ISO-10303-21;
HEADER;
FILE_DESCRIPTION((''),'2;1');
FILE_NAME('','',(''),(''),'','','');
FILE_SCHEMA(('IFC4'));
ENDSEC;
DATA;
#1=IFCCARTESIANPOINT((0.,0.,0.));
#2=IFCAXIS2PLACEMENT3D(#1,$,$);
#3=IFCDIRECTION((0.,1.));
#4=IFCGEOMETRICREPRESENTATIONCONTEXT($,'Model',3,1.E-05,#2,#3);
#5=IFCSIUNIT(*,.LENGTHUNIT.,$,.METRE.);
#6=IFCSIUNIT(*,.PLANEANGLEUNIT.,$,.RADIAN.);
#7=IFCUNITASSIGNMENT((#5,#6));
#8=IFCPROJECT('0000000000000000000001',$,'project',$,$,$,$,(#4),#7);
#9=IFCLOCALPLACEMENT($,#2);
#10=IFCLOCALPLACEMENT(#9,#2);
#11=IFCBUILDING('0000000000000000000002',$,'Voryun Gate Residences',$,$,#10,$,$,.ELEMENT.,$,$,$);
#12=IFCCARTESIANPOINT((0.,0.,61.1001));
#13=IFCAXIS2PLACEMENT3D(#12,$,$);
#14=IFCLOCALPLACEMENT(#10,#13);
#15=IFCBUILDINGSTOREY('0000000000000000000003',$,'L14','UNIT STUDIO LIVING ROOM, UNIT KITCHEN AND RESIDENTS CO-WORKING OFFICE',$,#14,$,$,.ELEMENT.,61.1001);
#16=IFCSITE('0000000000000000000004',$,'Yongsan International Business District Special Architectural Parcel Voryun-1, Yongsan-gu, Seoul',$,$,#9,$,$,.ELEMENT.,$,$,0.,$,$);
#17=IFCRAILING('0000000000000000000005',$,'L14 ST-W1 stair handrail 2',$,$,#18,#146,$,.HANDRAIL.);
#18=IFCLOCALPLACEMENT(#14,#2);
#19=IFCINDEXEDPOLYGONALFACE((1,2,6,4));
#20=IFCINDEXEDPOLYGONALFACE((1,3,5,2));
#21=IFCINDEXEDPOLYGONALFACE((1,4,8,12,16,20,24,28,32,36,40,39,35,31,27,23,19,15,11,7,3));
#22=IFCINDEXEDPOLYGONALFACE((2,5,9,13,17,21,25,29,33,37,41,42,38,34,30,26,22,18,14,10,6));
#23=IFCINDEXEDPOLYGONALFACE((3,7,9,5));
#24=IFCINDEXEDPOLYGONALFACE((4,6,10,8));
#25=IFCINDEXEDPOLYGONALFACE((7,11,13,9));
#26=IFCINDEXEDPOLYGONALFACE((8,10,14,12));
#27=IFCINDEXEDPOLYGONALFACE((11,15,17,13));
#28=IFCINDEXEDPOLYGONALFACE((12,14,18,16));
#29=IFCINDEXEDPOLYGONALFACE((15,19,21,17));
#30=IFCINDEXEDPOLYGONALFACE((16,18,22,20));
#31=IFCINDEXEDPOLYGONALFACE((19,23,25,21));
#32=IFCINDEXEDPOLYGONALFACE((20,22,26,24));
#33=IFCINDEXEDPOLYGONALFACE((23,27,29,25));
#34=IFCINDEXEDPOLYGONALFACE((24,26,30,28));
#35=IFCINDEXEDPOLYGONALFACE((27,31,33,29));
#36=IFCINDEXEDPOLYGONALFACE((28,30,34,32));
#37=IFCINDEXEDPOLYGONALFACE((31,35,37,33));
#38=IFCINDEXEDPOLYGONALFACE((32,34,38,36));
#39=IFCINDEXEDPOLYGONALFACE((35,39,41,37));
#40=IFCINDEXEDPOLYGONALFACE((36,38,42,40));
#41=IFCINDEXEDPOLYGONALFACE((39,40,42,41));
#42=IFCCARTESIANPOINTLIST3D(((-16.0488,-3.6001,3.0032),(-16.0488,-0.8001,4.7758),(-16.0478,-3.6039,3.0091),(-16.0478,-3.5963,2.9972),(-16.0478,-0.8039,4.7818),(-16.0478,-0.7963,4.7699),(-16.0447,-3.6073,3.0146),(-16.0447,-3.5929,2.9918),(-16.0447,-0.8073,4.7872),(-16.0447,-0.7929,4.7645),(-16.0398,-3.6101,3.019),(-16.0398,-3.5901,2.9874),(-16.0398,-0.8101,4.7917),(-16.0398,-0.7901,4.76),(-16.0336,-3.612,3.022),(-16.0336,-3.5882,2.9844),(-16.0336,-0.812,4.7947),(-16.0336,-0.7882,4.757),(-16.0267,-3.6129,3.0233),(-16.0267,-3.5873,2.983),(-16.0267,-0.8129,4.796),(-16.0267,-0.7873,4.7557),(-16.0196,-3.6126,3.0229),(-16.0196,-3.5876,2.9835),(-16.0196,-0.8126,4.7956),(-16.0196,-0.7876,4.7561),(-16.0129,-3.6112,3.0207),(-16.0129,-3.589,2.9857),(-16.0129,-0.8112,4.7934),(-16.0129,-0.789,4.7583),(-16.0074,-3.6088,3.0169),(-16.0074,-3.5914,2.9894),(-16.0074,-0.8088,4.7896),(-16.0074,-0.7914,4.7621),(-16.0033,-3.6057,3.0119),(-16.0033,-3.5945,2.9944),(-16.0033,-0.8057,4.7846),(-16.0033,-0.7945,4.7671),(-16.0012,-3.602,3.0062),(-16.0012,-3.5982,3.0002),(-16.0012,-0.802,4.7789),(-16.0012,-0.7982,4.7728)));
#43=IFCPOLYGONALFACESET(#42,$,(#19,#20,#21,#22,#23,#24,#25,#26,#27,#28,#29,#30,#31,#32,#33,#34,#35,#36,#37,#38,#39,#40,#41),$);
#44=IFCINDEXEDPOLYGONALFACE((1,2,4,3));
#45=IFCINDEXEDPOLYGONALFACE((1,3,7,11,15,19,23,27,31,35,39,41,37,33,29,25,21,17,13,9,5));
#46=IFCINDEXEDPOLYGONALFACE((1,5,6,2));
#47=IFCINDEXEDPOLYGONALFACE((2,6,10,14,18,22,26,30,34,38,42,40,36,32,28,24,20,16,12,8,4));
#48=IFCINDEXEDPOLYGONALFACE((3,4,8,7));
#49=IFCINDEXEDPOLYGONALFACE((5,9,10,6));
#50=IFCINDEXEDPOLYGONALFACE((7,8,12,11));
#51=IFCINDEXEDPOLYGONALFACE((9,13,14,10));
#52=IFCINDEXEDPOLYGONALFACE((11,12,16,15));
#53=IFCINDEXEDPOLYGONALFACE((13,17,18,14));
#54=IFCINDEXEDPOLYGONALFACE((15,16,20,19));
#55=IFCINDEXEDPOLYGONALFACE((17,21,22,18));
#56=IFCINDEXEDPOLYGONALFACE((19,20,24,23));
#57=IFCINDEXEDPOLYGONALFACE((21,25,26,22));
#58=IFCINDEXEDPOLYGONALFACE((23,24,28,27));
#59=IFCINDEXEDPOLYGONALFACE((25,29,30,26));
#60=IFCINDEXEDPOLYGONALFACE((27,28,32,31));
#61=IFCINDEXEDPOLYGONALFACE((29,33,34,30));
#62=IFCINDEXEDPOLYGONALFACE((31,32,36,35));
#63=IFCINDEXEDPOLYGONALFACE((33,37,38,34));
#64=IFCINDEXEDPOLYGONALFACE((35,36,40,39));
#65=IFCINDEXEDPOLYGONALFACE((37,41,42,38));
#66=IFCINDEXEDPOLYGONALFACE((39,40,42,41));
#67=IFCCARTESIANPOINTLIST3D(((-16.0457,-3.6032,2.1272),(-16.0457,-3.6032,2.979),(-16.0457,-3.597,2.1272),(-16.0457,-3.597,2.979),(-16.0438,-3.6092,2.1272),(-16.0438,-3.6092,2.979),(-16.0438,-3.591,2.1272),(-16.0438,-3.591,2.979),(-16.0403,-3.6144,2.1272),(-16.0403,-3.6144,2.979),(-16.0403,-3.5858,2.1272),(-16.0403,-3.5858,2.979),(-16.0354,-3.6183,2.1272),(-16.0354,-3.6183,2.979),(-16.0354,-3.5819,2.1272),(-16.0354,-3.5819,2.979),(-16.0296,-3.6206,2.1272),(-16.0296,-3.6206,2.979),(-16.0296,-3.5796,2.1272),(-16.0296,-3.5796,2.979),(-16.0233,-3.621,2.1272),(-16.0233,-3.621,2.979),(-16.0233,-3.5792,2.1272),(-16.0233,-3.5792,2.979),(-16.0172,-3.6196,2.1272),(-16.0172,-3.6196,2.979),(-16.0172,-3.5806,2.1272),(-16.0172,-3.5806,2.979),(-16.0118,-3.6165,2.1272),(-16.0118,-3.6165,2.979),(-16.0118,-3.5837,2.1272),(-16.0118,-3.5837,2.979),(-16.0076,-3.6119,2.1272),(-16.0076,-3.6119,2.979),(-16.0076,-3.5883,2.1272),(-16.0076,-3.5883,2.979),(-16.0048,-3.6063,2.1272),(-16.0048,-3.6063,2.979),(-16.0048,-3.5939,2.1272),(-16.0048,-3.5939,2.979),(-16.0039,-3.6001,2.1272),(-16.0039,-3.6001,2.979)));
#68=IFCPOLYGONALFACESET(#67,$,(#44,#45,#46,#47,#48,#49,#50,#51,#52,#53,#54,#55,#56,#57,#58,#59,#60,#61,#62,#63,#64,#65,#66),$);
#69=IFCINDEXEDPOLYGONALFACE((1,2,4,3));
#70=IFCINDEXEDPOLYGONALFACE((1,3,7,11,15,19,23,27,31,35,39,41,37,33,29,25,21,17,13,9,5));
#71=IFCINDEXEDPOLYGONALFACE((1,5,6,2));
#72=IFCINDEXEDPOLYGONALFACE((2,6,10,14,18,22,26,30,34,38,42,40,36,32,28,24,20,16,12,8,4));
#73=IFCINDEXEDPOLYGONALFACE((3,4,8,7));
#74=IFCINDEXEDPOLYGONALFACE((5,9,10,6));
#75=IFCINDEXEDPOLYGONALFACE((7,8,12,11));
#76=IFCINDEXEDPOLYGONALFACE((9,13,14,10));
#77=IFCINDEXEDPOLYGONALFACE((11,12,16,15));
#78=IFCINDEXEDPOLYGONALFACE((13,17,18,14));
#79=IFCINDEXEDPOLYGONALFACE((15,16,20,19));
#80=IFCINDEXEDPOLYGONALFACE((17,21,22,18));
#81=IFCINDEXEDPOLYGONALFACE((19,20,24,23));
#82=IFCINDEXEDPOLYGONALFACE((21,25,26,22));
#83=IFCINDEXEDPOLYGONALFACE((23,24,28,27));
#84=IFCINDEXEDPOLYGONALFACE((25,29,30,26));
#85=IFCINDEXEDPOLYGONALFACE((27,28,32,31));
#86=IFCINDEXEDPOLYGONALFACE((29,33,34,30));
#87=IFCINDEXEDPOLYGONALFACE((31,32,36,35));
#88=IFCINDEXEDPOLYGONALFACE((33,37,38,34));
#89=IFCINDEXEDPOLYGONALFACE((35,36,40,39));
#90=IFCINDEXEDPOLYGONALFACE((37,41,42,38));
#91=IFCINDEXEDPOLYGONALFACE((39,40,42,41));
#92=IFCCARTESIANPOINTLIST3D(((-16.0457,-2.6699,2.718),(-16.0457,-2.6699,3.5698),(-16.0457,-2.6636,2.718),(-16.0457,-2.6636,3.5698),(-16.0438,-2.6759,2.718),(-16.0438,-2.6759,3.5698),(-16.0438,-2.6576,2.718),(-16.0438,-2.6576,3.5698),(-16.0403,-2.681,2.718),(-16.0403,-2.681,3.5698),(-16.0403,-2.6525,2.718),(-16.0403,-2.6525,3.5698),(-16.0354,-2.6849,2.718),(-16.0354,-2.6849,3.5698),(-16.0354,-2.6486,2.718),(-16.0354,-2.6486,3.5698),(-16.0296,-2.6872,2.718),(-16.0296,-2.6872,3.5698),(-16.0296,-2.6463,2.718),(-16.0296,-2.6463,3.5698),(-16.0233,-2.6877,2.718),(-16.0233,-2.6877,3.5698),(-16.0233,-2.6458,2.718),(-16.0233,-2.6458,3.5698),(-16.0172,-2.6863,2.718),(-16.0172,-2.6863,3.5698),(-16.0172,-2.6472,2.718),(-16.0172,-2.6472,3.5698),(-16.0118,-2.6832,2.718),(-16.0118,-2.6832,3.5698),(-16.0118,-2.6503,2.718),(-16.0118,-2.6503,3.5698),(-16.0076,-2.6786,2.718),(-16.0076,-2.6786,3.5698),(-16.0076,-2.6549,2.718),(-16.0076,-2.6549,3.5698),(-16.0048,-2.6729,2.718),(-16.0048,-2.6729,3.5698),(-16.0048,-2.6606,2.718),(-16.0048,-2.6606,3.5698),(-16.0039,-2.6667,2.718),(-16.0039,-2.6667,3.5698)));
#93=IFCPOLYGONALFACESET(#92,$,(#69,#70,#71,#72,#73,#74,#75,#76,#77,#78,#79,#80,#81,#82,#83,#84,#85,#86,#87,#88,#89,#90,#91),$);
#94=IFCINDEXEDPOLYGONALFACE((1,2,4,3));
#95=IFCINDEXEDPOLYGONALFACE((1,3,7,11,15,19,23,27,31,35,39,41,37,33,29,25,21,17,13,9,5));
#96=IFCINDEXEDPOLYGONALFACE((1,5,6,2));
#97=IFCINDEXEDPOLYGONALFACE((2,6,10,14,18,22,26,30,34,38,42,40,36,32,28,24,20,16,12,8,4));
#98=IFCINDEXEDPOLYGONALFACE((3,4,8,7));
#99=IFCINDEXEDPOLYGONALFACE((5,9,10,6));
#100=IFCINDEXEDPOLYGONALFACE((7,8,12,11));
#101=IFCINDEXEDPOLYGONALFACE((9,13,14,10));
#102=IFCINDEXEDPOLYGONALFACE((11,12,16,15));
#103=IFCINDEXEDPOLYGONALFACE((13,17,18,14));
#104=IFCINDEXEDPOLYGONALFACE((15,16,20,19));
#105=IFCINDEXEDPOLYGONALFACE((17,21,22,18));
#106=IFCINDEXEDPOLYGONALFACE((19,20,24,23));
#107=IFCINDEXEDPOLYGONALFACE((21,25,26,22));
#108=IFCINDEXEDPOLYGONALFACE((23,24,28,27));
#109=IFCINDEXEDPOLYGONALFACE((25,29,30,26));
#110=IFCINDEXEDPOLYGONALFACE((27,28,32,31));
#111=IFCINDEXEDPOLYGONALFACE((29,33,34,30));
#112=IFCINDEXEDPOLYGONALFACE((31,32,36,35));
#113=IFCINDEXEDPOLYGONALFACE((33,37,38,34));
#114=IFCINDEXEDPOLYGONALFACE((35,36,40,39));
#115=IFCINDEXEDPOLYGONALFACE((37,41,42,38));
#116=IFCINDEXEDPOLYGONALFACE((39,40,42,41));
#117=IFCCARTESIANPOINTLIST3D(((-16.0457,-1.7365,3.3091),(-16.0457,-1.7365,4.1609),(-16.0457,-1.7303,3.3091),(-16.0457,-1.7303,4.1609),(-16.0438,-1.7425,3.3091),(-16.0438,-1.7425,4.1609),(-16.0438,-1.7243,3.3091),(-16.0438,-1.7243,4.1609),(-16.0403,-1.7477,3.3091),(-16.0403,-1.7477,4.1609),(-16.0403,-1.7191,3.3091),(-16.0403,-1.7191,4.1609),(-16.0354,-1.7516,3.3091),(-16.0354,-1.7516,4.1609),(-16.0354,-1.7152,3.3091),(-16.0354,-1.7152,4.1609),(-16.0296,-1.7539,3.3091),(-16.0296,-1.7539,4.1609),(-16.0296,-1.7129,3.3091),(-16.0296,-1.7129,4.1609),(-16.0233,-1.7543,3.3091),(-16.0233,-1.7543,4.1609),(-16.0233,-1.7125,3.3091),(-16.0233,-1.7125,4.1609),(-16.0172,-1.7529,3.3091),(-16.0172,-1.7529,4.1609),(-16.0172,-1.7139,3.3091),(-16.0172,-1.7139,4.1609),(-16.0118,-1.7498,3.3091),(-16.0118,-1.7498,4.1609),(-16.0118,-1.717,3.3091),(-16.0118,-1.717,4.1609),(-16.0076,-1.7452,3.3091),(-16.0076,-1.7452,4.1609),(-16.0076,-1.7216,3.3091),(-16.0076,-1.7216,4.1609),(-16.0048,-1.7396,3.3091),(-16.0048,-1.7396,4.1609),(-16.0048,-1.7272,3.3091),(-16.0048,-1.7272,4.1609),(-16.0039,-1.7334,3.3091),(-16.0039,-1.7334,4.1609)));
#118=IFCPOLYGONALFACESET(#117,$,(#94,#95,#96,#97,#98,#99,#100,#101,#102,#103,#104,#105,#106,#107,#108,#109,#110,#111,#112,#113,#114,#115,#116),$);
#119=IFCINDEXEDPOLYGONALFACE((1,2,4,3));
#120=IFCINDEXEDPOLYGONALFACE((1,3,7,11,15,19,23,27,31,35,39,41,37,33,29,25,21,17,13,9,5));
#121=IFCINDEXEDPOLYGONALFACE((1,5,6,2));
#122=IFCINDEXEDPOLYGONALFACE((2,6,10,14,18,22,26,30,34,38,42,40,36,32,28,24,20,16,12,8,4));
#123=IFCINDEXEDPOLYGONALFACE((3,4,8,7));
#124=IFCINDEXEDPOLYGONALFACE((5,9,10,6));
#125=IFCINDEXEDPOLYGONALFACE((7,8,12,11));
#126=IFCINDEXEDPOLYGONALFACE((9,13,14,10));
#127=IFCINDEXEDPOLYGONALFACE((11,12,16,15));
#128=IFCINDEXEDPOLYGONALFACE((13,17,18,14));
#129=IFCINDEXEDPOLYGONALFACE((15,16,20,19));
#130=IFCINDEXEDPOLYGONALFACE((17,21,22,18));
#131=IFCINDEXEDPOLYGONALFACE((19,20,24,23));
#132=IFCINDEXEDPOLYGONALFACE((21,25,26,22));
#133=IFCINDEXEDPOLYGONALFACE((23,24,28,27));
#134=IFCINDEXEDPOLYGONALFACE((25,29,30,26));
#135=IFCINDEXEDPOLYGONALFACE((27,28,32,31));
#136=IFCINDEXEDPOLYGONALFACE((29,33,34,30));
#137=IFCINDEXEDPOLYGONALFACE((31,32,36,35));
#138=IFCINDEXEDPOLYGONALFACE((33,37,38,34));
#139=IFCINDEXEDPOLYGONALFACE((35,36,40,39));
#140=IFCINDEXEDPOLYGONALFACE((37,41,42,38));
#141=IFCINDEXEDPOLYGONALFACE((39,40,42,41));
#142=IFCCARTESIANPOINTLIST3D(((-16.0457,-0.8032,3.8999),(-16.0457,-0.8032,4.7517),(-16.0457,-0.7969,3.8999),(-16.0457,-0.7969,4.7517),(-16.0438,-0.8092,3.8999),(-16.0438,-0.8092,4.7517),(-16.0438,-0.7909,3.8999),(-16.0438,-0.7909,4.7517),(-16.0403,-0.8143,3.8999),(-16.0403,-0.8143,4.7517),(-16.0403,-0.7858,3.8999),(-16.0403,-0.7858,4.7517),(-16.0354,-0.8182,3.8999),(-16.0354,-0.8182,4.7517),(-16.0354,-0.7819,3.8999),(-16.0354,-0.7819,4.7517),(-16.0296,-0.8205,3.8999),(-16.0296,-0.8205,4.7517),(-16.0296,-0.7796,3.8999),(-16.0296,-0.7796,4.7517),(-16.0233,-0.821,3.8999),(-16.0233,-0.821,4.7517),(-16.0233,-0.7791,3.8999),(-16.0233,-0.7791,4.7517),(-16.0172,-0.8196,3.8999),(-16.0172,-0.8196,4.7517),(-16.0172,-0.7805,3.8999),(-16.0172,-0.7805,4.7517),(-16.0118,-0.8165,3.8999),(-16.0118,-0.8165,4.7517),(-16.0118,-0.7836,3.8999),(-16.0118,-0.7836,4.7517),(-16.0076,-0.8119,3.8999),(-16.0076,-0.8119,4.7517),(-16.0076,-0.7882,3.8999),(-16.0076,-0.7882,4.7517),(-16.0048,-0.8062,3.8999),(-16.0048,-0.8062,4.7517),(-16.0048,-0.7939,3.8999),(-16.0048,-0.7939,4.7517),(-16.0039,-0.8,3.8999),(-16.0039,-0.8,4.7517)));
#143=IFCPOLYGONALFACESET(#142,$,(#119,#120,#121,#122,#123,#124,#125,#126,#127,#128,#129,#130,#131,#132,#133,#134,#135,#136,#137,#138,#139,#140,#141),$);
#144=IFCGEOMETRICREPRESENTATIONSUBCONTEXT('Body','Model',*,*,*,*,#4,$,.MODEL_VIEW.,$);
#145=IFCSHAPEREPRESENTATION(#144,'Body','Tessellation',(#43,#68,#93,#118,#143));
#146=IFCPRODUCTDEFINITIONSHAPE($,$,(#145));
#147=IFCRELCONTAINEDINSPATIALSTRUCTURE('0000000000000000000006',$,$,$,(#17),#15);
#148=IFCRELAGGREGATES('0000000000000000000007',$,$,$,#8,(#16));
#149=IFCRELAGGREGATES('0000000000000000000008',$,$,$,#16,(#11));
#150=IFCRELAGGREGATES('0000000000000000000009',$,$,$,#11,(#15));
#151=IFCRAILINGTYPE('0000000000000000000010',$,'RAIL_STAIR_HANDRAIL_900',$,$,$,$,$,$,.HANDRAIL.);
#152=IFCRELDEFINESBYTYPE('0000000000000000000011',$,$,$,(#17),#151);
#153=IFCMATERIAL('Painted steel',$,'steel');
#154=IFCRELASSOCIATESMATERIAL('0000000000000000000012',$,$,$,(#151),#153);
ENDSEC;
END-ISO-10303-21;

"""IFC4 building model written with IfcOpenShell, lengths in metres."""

from ifc_helpers import new_model, si_unit, direction, frame, origin, origin_2d, place, context, subcontext, project, spatial, circle, extrude, material, type_object, element, save


model = new_model("IFC4")

# Units and contexts
model_context = context("Model", 3, precision=1e-05, world=origin(), true_north=direction((0.0, 1.0)))
body_context = subcontext(model_context, "Body", "Model", "MODEL_VIEW")
ifc_project = project(units=[si_unit("LENGTHUNIT", "METRE"), si_unit("PLANEANGLEUNIT", "RADIAN")], contexts=[model_context])

# Site, building, storey
site_placement = place(None, origin())
site = spatial("IfcSite", under=ifc_project, at=site_placement, Name="Yongsan International Business District Special Architectural Parcel Voryun-1, Yongsan-gu, Seoul", CompositionType="ELEMENT", RefElevation=0.0)
building_placement = place(site_placement, origin())
building = spatial("IfcBuilding", under=site, at=building_placement, Name="Voryun Gate Residences", CompositionType="ELEMENT")
storey_placement = place(building_placement, frame((0.0, 0.0, 61.1001)))
storey = spatial("IfcBuildingStorey", under=building, at=storey_placement, Name="L14", Description="UNIT STUDIO LIVING ROOM, UNIT KITCHEN AND RESIDENTS CO-WORKING OFFICE", CompositionType="ELEMENT", Elevation=61.1001)

# Railing
ifc_material_1 = material(Name="Painted steel", Category="steel")
railing_type_1 = type_object("IfcRailingType", Name="RAIL_STAIR_HANDRAIL_900", PredefinedType="HANDRAIL", material=ifc_material_1)
railing_1_placement = place(storey_placement, frame((-16.0249, -3.6001, 2.1272)))
element("IfcRailing", 1, at=railing_1_placement, inside=storey, type_object=railing_type_1, Name="L14 ST-W1 stair handrail 2", PredefinedType="HANDRAIL", context=body_context, shape_type="SweptSolid", body=[
    extrude(circle(Radius=0.0239, at=origin_2d()), frame((0.0, 0.0, 0.876), z_axis=(0.0, 0.844909, 0.53491), x_axis=(-1.0, 0.0, 0.0)), (0.0, 0.0, 1.0), 3.314),
    extrude(circle(Radius=0.021, at=origin_2d()), origin(), (0.0, 0.0, 1.0), 0.8518),
    extrude(circle(Radius=0.021, at=origin_2d()), frame((0.0, 0.9333, 0.5908)), (0.0, 0.0, 1.0), 0.8518),
    extrude(circle(Radius=0.021, at=origin_2d()), frame((0.0, 1.8667, 1.1819)), (0.0, 0.0, 1.0), 0.8518),
    extrude(circle(Radius=0.021, at=origin_2d()), frame((0.0, 2.8, 1.7727)), (0.0, 0.0, 1.0), 0.8518),
])

save(model, "model.ifc")
